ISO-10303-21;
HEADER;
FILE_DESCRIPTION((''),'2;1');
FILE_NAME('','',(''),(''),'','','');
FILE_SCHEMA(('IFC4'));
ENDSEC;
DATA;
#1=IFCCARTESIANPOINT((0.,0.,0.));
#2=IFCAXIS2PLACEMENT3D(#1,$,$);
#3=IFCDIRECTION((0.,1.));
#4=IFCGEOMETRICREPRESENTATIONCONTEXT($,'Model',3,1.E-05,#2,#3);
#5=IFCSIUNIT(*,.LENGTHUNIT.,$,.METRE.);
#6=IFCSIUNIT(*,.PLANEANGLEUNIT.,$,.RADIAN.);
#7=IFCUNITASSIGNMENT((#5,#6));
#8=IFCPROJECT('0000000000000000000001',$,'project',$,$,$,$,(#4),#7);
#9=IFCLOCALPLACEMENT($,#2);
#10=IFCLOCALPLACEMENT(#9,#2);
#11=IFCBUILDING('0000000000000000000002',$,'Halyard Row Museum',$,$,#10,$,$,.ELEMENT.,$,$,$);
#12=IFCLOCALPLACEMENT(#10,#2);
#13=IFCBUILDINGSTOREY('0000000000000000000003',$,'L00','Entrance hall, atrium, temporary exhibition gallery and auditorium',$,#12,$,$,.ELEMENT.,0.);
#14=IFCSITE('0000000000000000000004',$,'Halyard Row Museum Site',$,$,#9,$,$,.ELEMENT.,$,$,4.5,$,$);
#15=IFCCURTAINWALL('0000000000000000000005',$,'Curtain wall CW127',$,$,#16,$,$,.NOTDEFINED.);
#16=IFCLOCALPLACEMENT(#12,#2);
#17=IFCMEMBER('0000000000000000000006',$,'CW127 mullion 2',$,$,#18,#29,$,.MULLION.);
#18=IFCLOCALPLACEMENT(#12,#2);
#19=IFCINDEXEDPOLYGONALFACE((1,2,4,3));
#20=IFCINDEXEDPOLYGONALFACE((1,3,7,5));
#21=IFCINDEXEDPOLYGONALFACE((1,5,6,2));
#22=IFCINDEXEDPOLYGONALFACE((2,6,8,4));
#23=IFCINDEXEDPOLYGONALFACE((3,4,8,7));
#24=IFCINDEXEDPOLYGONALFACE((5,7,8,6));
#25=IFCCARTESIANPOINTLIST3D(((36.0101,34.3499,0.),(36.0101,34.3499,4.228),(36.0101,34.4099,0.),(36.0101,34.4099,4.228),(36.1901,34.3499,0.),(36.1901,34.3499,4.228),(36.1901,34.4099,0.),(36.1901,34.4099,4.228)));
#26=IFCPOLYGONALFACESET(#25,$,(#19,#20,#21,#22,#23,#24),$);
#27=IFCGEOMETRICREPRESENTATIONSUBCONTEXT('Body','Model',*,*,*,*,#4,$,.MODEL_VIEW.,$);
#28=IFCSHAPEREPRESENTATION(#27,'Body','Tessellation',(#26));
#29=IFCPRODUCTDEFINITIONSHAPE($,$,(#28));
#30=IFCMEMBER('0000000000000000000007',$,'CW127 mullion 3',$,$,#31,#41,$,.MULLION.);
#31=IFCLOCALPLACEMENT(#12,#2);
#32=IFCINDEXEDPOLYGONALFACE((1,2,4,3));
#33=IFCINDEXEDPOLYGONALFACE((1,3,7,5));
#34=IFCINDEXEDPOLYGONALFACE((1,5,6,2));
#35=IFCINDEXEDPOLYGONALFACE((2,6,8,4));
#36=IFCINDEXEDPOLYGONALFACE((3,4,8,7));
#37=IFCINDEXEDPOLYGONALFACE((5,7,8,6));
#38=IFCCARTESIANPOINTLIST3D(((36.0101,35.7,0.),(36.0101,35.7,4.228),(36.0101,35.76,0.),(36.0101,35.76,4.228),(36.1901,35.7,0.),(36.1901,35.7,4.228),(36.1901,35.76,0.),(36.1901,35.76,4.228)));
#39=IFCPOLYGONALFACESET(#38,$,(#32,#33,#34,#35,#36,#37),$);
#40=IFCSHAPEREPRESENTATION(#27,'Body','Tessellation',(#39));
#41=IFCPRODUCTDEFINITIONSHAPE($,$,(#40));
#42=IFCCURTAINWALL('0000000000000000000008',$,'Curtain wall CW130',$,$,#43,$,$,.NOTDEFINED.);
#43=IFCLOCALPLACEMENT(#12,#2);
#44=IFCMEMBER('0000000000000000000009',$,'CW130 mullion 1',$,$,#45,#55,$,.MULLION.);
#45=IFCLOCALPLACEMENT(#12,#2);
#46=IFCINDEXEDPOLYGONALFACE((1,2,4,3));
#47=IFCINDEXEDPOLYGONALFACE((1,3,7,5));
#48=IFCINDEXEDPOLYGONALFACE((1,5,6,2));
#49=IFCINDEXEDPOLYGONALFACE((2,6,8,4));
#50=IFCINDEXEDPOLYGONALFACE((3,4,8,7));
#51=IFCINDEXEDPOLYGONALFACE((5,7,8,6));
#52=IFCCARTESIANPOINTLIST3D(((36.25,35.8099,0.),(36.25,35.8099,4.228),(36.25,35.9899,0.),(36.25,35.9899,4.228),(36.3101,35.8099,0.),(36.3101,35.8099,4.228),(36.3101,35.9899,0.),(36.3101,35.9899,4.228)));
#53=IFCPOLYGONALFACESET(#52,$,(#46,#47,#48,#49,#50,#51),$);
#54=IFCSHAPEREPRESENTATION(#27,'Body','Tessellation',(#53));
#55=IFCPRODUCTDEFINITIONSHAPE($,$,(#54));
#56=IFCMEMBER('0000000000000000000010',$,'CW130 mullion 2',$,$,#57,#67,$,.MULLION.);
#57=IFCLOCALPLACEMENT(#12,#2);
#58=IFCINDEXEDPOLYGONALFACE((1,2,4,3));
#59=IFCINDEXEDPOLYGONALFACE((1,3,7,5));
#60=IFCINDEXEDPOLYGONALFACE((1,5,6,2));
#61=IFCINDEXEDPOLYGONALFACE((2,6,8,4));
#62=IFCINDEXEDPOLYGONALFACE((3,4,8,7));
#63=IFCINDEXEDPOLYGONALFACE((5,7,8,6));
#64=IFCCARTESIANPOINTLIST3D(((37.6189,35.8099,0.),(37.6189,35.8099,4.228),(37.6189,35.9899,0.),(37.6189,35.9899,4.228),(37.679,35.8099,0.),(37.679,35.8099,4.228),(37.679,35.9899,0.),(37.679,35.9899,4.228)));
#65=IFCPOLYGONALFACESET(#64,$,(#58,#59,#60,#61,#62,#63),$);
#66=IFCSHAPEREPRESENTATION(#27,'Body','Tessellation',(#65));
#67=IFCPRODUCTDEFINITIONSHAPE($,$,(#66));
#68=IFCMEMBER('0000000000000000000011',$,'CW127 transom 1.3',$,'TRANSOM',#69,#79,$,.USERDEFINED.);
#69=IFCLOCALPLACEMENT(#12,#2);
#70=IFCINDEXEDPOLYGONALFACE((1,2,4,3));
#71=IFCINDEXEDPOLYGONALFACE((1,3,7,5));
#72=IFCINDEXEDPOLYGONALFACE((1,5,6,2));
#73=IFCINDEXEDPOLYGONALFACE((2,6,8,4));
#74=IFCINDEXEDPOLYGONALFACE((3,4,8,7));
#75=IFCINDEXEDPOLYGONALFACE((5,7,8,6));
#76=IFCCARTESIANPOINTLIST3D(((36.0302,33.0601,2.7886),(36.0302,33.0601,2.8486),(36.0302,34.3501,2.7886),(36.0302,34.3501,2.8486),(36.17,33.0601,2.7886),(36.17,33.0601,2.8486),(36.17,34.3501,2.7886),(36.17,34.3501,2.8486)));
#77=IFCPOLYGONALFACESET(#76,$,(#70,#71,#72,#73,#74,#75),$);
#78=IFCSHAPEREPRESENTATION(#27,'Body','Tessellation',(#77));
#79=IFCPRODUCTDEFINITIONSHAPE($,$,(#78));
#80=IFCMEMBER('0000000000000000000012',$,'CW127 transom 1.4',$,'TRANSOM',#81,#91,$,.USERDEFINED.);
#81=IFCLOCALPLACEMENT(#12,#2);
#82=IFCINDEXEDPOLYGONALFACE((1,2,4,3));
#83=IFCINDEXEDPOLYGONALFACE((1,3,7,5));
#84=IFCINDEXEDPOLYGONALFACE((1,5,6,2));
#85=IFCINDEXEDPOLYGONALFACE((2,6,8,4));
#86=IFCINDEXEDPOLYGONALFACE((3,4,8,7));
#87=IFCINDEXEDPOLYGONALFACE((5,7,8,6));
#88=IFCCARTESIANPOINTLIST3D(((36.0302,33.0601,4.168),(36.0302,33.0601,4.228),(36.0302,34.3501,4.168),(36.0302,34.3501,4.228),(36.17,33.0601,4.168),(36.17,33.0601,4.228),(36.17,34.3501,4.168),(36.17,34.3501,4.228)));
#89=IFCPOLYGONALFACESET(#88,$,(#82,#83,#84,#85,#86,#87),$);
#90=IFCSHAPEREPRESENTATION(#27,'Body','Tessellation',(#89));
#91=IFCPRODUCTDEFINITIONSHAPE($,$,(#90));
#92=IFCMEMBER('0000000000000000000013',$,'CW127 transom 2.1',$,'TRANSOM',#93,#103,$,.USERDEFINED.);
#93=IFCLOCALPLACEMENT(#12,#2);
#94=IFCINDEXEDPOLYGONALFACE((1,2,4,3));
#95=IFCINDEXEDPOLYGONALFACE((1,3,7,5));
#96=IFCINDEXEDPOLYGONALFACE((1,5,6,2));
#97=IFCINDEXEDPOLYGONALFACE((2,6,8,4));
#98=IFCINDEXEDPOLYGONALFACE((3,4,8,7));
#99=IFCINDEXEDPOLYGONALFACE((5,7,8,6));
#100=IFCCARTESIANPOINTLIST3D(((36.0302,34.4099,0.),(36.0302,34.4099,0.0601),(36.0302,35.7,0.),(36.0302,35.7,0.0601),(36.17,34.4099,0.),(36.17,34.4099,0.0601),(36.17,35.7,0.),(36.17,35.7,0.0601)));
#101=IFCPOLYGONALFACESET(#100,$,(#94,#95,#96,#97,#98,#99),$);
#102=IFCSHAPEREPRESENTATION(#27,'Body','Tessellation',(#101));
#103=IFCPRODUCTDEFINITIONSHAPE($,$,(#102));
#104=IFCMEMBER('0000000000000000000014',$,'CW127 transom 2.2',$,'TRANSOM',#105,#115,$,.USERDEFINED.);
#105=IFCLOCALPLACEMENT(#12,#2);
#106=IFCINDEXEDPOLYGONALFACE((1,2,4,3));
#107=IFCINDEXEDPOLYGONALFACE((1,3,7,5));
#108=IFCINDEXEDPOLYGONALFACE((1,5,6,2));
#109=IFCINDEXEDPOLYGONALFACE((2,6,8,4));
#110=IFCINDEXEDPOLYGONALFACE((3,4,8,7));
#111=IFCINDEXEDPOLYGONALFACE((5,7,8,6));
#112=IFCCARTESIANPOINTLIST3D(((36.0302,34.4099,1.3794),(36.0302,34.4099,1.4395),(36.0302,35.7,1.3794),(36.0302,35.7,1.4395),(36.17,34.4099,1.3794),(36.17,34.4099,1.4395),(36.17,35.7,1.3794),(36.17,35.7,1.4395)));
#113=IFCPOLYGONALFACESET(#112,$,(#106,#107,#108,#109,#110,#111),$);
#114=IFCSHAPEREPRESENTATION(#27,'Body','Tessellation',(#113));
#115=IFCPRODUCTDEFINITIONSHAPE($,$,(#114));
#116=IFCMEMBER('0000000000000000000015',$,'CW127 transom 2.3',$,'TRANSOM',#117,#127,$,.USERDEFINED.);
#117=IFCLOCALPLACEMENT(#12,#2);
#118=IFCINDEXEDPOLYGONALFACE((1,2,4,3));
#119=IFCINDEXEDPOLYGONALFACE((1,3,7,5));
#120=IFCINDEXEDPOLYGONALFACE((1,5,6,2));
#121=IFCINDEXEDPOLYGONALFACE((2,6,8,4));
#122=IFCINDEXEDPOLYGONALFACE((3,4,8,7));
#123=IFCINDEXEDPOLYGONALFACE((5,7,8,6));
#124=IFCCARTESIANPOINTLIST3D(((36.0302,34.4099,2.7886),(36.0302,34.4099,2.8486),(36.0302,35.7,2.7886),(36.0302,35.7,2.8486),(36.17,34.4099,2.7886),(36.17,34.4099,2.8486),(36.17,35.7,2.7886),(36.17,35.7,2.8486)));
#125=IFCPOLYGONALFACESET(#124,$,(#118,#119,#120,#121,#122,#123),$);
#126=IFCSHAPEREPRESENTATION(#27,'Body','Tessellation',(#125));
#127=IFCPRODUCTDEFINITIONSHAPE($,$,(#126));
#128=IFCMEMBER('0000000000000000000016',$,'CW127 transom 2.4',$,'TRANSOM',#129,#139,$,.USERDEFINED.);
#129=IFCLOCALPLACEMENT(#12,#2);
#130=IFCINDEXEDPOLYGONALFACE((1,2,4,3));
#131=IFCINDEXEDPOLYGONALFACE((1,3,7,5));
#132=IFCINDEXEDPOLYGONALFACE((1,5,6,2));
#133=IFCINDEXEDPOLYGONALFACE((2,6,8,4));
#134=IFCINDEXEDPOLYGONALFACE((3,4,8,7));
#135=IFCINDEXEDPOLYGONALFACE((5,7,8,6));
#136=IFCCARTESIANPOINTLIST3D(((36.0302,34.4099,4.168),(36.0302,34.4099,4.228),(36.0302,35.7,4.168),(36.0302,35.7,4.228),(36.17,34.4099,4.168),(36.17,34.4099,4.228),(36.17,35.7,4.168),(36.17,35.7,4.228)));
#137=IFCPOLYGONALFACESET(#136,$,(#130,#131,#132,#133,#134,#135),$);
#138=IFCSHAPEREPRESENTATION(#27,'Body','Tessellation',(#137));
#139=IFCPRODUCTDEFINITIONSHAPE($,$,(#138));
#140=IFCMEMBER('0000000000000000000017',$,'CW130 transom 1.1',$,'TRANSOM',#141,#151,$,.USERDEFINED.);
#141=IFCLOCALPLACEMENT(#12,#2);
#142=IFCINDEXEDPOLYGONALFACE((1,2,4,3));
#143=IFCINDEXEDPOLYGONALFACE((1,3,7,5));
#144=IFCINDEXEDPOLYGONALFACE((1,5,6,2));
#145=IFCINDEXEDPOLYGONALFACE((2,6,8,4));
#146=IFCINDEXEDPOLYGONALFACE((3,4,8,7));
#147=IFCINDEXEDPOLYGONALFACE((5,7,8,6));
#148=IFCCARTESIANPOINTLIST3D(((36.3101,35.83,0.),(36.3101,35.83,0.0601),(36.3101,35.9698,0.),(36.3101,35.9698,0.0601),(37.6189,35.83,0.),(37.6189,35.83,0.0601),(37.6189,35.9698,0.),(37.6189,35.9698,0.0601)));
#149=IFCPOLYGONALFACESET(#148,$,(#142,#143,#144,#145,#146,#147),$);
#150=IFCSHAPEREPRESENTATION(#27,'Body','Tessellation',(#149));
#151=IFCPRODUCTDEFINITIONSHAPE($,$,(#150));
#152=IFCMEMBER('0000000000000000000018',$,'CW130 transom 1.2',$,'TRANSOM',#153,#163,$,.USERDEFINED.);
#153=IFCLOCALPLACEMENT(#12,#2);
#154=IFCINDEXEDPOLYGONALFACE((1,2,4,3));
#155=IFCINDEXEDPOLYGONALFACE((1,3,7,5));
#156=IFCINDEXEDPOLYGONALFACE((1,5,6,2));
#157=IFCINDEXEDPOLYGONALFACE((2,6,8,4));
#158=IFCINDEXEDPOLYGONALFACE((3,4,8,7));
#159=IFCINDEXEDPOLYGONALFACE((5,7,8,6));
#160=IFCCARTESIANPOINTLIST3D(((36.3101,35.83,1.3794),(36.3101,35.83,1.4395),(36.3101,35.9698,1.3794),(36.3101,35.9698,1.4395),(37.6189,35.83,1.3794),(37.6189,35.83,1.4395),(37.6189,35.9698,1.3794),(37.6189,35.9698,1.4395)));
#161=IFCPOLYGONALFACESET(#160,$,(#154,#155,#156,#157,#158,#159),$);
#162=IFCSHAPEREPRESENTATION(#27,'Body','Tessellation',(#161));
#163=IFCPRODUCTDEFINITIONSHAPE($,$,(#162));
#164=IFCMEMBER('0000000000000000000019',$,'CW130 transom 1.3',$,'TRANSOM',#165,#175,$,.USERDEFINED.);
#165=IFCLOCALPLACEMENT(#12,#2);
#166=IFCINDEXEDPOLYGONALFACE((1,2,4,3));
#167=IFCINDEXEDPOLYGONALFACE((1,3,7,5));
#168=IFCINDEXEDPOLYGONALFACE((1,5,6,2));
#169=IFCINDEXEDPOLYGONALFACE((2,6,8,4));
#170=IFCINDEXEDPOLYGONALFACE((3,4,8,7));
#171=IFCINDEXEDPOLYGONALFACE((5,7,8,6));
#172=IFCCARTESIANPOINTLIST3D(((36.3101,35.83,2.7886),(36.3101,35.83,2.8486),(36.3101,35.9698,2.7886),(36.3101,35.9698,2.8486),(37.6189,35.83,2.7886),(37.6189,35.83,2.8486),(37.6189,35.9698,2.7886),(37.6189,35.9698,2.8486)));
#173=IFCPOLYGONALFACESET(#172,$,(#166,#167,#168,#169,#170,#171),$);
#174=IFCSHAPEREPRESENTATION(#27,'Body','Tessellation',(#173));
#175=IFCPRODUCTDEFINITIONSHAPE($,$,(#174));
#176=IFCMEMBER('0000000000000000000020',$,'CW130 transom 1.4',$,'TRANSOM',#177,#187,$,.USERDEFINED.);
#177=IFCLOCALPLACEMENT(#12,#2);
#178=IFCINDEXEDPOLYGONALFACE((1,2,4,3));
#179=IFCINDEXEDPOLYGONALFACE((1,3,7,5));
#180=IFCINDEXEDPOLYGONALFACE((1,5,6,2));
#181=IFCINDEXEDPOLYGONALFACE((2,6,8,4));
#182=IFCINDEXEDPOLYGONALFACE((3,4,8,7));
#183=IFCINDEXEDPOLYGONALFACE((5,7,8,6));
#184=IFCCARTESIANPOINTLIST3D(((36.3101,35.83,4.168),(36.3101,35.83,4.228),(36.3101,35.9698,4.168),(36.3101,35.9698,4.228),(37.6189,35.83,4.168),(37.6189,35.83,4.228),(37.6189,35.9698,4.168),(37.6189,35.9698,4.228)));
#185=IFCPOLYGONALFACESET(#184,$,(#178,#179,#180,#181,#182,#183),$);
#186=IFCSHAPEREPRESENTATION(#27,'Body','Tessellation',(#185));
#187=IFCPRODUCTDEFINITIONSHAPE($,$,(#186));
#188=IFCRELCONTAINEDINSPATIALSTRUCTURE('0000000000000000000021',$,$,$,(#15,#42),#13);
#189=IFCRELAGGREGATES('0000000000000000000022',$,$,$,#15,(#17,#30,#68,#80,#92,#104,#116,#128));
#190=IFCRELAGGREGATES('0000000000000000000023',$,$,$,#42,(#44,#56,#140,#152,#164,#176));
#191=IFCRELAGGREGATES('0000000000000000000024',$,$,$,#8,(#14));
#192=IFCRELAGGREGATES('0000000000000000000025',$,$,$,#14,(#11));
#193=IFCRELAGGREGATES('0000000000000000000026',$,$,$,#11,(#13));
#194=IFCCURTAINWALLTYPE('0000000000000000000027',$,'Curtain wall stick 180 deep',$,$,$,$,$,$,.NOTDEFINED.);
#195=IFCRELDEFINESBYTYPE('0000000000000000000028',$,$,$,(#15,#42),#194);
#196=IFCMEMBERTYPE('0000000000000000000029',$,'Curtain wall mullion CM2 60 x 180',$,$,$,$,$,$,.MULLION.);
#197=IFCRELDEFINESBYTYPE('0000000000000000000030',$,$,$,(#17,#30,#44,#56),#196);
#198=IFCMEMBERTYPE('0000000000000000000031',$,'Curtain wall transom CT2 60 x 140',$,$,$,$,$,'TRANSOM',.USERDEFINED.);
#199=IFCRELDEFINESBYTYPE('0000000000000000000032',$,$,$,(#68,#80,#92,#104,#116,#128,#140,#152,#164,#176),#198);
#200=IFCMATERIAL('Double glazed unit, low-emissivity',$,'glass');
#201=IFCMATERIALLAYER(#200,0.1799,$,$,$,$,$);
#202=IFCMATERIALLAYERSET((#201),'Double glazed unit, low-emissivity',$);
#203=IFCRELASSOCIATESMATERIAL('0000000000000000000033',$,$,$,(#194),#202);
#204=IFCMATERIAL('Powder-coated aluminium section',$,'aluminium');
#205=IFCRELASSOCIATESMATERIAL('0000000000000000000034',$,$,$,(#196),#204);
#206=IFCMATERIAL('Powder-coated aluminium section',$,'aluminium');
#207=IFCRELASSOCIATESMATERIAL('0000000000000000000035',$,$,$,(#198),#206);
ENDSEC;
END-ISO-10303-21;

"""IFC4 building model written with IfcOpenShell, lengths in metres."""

from ifc_helpers import new_model, si_unit, direction, frame, origin, origin_2d, place, context, subcontext, project, spatial, rectangle, extrude, material, layer, layer_set, material_profile, profile_set, type_object, element, aggregate, save


model = new_model("IFC4")

# Units and contexts
model_context = context("Model", 3, precision=1e-05, world=origin(), true_north=direction((0.0, 1.0)))
body_context = subcontext(model_context, "Body", "Model", "MODEL_VIEW")
ifc_project = project(units=[si_unit("LENGTHUNIT", "METRE"), si_unit("PLANEANGLEUNIT", "RADIAN")], contexts=[model_context])

# Site, building, storey
site_placement = place(None, origin())
site = spatial("IfcSite", under=ifc_project, at=site_placement, Name="Halyard Row Museum Site", CompositionType="ELEMENT", RefElevation=4.5)
building_placement = place(site_placement, origin())
building = spatial("IfcBuilding", under=site, at=building_placement, Name="Halyard Row Museum", CompositionType="ELEMENT")
storey_placement = place(building_placement, origin())
storey = spatial("IfcBuildingStorey", under=building, at=storey_placement, Name="L00", Description="Entrance hall, atrium, temporary exhibition gallery and auditorium", CompositionType="ELEMENT", Elevation=0.0)

# Curtain walls, members
ifc_material_1 = material(Name="Double glazed unit, low-emissivity", Category="glass")
ifc_layer_1 = layer(ifc_material_1, 0.1799)
ifc_layer_set_1 = layer_set([ifc_layer_1], Name="Double glazed unit, low-emissivity")
curtain_wall_type = type_object("IfcCurtainWallType", Name="Curtain wall stick 180 deep", PredefinedType="NOTDEFINED", material=ifc_layer_set_1)
curtain_wall_1_placement = place(storey_placement, origin())
curtain_wall_1 = element("IfcCurtainWall", 1, at=curtain_wall_1_placement, inside=storey, type_object=curtain_wall_type, Name="Curtain wall CW127", PredefinedType="NOTDEFINED")
ifc_material_2 = material(Name="Powder-coated aluminium section", Category="aluminium")
ifc_material_profile_1 = material_profile(ifc_material_2, rectangle(XDim=0.1799, YDim=0.0601, at=origin_2d()), Name="180x60 mullion")
ifc_profile_set_1 = profile_set([ifc_material_profile_1], Name="Powder-coated aluminium section")
member_type_1 = type_object("IfcMemberType", Name="Curtain wall mullion CM2 60 x 180", PredefinedType="MULLION", material=ifc_profile_set_1)
member_1_placement = place(storey_placement, frame((36.1001, 34.3799, 0.0), z_axis=(0.0, 0.0, 1.0), x_axis=(-1.0, 0.0, 0.0)))
member_1 = element("IfcMember", 2, at=member_1_placement, type_object=member_type_1, Name="CW127 mullion 2", PredefinedType="MULLION", context=body_context, shape_type="SweptSolid", body=[
    extrude(rectangle(XDim=0.1799, YDim=0.0601, at=origin_2d()), origin(), (0.0, 0.0, 1.0), 4.228),
])
member_2_placement = place(storey_placement, frame((36.1001, 35.73, 0.0), z_axis=(0.0, 0.0, 1.0), x_axis=(-1.0, 0.0, 0.0)))
member_2 = element("IfcMember", 3, at=member_2_placement, type_object=member_type_1, Name="CW127 mullion 3", PredefinedType="MULLION", context=body_context, shape_type="SweptSolid", body=[
    extrude(rectangle(XDim=0.1799, YDim=0.0601, at=origin_2d()), origin(), (0.0, 0.0, 1.0), 4.228),
])
curtain_wall_2_placement = place(storey_placement, origin())
curtain_wall_2 = element("IfcCurtainWall", 4, at=curtain_wall_2_placement, inside=storey, type_object=curtain_wall_type, Name="Curtain wall CW130", PredefinedType="NOTDEFINED")
member_3_placement = place(storey_placement, frame((36.28, 35.8999, 0.0), z_axis=(0.0, 0.0, 1.0), x_axis=(0.0, 1.0, 0.0)))
member_3 = element("IfcMember", 5, at=member_3_placement, type_object=member_type_1, Name="CW130 mullion 1", PredefinedType="MULLION", context=body_context, shape_type="SweptSolid", body=[
    extrude(rectangle(XDim=0.1799, YDim=0.0601, at=origin_2d()), origin(), (0.0, 0.0, 1.0), 4.228),
])
member_4_placement = place(storey_placement, frame((37.6489, 35.8999, 0.0), z_axis=(0.0, 0.0, 1.0), x_axis=(0.0, 1.0, 0.0)))
member_4 = element("IfcMember", 6, at=member_4_placement, type_object=member_type_1, Name="CW130 mullion 2", PredefinedType="MULLION", context=body_context, shape_type="SweptSolid", body=[
    extrude(rectangle(XDim=0.1799, YDim=0.0601, at=origin_2d()), origin(), (0.0, 0.0, 1.0), 4.228),
])

# Members
ifc_material_3 = material(Name="Powder-coated aluminium section", Category="aluminium")
ifc_material_profile_2 = material_profile(ifc_material_3, rectangle(XDim=0.1399, YDim=0.0601, at=origin_2d()), Name="140x60 transom")
ifc_profile_set_2 = profile_set([ifc_material_profile_2], Name="Powder-coated aluminium section")
member_type_2 = type_object("IfcMemberType", Name="Curtain wall transom CT2 60 x 140", ElementType="TRANSOM", PredefinedType="USERDEFINED", material=ifc_profile_set_2)
member_5_placement = place(storey_placement, frame((36.1001, 33.0601, 2.8186), z_axis=(0.0, 1.0, 0.0), x_axis=(-1.0, 0.0, 0.0)))
member_5 = element("IfcMember", 7, at=member_5_placement, type_object=member_type_2, Name="CW127 transom 1.3", ObjectType="TRANSOM", PredefinedType="USERDEFINED", context=body_context, shape_type="SweptSolid", body=[
    extrude(rectangle(XDim=0.1399, YDim=0.0601, at=origin_2d()), origin(), (0.0, 0.0, 1.0), 1.29),
])
member_6_placement = place(storey_placement, frame((36.1001, 33.0601, 4.198), z_axis=(0.0, 1.0, 0.0), x_axis=(-1.0, 0.0, 0.0)))
member_6 = element("IfcMember", 8, at=member_6_placement, type_object=member_type_2, Name="CW127 transom 1.4", ObjectType="TRANSOM", PredefinedType="USERDEFINED", context=body_context, shape_type="SweptSolid", body=[
    extrude(rectangle(XDim=0.1399, YDim=0.0601, at=origin_2d()), origin(), (0.0, 0.0, 1.0), 1.29),
])
member_7_placement = place(storey_placement, frame((36.1001, 34.4099, 0.03), z_axis=(0.0, 1.0, 0.0), x_axis=(-1.0, 0.0, 0.0)))
member_7 = element("IfcMember", 9, at=member_7_placement, type_object=member_type_2, Name="CW127 transom 2.1", ObjectType="TRANSOM", PredefinedType="USERDEFINED", context=body_context, shape_type="SweptSolid", body=[
    extrude(rectangle(XDim=0.1399, YDim=0.0601, at=origin_2d()), origin(), (0.0, 0.0, 1.0), 1.29),
])
member_8_placement = place(storey_placement, frame((36.1001, 34.4099, 1.4094), z_axis=(0.0, 1.0, 0.0), x_axis=(-1.0, 0.0, 0.0)))
member_8 = element("IfcMember", 10, at=member_8_placement, type_object=member_type_2, Name="CW127 transom 2.2", ObjectType="TRANSOM", PredefinedType="USERDEFINED", context=body_context, shape_type="SweptSolid", body=[
    extrude(rectangle(XDim=0.1399, YDim=0.0601, at=origin_2d()), origin(), (0.0, 0.0, 1.0), 1.29),
])
member_9_placement = place(storey_placement, frame((36.1001, 34.4099, 2.8186), z_axis=(0.0, 1.0, 0.0), x_axis=(-1.0, 0.0, 0.0)))
member_9 = element("IfcMember", 11, at=member_9_placement, type_object=member_type_2, Name="CW127 transom 2.3", ObjectType="TRANSOM", PredefinedType="USERDEFINED", context=body_context, shape_type="SweptSolid", body=[
    extrude(rectangle(XDim=0.1399, YDim=0.0601, at=origin_2d()), origin(), (0.0, 0.0, 1.0), 1.29),
])
member_10_placement = place(storey_placement, frame((36.1001, 34.4099, 4.198), z_axis=(0.0, 1.0, 0.0), x_axis=(-1.0, 0.0, 0.0)))
member_10 = element("IfcMember", 12, at=member_10_placement, type_object=member_type_2, Name="CW127 transom 2.4", ObjectType="TRANSOM", PredefinedType="USERDEFINED", context=body_context, shape_type="SweptSolid", body=[
    extrude(rectangle(XDim=0.1399, YDim=0.0601, at=origin_2d()), origin(), (0.0, 0.0, 1.0), 1.29),
])
member_11_placement = place(storey_placement, frame((36.3101, 35.8999, 0.03), z_axis=(1.0, 0.0, 0.0), x_axis=(0.0, 1.0, 0.0)))
member_11 = element("IfcMember", 13, at=member_11_placement, type_object=member_type_2, Name="CW130 transom 1.1", ObjectType="TRANSOM", PredefinedType="USERDEFINED", context=body_context, shape_type="SweptSolid", body=[
    extrude(rectangle(XDim=0.1399, YDim=0.0601, at=origin_2d()), origin(), (0.0, 0.0, 1.0), 1.3088),
])
member_12_placement = place(storey_placement, frame((36.3101, 35.8999, 1.4094), z_axis=(1.0, 0.0, 0.0), x_axis=(0.0, 1.0, 0.0)))
member_12 = element("IfcMember", 14, at=member_12_placement, type_object=member_type_2, Name="CW130 transom 1.2", ObjectType="TRANSOM", PredefinedType="USERDEFINED", context=body_context, shape_type="SweptSolid", body=[
    extrude(rectangle(XDim=0.1399, YDim=0.0601, at=origin_2d()), origin(), (0.0, 0.0, 1.0), 1.3088),
])
member_13_placement = place(storey_placement, frame((36.3101, 35.8999, 2.8186), z_axis=(1.0, 0.0, 0.0), x_axis=(0.0, 1.0, 0.0)))
member_13 = element("IfcMember", 15, at=member_13_placement, type_object=member_type_2, Name="CW130 transom 1.3", ObjectType="TRANSOM", PredefinedType="USERDEFINED", context=body_context, shape_type="SweptSolid", body=[
    extrude(rectangle(XDim=0.1399, YDim=0.0601, at=origin_2d()), origin(), (0.0, 0.0, 1.0), 1.3088),
])
member_14_placement = place(storey_placement, frame((36.3101, 35.8999, 4.198), z_axis=(1.0, 0.0, 0.0), x_axis=(0.0, 1.0, 0.0)))
member_14 = element("IfcMember", 16, at=member_14_placement, type_object=member_type_2, Name="CW130 transom 1.4", ObjectType="TRANSOM", PredefinedType="USERDEFINED", context=body_context, shape_type="SweptSolid", body=[
    extrude(rectangle(XDim=0.1399, YDim=0.0601, at=origin_2d()), origin(), (0.0, 0.0, 1.0), 1.3088),
])

aggregate(curtain_wall_1, [member_1, member_2, member_5, member_6, member_7, member_8, member_9, member_10])
aggregate(curtain_wall_2, [member_3, member_4, member_11, member_12, member_13, member_14])

save(model, "model.ifc")
